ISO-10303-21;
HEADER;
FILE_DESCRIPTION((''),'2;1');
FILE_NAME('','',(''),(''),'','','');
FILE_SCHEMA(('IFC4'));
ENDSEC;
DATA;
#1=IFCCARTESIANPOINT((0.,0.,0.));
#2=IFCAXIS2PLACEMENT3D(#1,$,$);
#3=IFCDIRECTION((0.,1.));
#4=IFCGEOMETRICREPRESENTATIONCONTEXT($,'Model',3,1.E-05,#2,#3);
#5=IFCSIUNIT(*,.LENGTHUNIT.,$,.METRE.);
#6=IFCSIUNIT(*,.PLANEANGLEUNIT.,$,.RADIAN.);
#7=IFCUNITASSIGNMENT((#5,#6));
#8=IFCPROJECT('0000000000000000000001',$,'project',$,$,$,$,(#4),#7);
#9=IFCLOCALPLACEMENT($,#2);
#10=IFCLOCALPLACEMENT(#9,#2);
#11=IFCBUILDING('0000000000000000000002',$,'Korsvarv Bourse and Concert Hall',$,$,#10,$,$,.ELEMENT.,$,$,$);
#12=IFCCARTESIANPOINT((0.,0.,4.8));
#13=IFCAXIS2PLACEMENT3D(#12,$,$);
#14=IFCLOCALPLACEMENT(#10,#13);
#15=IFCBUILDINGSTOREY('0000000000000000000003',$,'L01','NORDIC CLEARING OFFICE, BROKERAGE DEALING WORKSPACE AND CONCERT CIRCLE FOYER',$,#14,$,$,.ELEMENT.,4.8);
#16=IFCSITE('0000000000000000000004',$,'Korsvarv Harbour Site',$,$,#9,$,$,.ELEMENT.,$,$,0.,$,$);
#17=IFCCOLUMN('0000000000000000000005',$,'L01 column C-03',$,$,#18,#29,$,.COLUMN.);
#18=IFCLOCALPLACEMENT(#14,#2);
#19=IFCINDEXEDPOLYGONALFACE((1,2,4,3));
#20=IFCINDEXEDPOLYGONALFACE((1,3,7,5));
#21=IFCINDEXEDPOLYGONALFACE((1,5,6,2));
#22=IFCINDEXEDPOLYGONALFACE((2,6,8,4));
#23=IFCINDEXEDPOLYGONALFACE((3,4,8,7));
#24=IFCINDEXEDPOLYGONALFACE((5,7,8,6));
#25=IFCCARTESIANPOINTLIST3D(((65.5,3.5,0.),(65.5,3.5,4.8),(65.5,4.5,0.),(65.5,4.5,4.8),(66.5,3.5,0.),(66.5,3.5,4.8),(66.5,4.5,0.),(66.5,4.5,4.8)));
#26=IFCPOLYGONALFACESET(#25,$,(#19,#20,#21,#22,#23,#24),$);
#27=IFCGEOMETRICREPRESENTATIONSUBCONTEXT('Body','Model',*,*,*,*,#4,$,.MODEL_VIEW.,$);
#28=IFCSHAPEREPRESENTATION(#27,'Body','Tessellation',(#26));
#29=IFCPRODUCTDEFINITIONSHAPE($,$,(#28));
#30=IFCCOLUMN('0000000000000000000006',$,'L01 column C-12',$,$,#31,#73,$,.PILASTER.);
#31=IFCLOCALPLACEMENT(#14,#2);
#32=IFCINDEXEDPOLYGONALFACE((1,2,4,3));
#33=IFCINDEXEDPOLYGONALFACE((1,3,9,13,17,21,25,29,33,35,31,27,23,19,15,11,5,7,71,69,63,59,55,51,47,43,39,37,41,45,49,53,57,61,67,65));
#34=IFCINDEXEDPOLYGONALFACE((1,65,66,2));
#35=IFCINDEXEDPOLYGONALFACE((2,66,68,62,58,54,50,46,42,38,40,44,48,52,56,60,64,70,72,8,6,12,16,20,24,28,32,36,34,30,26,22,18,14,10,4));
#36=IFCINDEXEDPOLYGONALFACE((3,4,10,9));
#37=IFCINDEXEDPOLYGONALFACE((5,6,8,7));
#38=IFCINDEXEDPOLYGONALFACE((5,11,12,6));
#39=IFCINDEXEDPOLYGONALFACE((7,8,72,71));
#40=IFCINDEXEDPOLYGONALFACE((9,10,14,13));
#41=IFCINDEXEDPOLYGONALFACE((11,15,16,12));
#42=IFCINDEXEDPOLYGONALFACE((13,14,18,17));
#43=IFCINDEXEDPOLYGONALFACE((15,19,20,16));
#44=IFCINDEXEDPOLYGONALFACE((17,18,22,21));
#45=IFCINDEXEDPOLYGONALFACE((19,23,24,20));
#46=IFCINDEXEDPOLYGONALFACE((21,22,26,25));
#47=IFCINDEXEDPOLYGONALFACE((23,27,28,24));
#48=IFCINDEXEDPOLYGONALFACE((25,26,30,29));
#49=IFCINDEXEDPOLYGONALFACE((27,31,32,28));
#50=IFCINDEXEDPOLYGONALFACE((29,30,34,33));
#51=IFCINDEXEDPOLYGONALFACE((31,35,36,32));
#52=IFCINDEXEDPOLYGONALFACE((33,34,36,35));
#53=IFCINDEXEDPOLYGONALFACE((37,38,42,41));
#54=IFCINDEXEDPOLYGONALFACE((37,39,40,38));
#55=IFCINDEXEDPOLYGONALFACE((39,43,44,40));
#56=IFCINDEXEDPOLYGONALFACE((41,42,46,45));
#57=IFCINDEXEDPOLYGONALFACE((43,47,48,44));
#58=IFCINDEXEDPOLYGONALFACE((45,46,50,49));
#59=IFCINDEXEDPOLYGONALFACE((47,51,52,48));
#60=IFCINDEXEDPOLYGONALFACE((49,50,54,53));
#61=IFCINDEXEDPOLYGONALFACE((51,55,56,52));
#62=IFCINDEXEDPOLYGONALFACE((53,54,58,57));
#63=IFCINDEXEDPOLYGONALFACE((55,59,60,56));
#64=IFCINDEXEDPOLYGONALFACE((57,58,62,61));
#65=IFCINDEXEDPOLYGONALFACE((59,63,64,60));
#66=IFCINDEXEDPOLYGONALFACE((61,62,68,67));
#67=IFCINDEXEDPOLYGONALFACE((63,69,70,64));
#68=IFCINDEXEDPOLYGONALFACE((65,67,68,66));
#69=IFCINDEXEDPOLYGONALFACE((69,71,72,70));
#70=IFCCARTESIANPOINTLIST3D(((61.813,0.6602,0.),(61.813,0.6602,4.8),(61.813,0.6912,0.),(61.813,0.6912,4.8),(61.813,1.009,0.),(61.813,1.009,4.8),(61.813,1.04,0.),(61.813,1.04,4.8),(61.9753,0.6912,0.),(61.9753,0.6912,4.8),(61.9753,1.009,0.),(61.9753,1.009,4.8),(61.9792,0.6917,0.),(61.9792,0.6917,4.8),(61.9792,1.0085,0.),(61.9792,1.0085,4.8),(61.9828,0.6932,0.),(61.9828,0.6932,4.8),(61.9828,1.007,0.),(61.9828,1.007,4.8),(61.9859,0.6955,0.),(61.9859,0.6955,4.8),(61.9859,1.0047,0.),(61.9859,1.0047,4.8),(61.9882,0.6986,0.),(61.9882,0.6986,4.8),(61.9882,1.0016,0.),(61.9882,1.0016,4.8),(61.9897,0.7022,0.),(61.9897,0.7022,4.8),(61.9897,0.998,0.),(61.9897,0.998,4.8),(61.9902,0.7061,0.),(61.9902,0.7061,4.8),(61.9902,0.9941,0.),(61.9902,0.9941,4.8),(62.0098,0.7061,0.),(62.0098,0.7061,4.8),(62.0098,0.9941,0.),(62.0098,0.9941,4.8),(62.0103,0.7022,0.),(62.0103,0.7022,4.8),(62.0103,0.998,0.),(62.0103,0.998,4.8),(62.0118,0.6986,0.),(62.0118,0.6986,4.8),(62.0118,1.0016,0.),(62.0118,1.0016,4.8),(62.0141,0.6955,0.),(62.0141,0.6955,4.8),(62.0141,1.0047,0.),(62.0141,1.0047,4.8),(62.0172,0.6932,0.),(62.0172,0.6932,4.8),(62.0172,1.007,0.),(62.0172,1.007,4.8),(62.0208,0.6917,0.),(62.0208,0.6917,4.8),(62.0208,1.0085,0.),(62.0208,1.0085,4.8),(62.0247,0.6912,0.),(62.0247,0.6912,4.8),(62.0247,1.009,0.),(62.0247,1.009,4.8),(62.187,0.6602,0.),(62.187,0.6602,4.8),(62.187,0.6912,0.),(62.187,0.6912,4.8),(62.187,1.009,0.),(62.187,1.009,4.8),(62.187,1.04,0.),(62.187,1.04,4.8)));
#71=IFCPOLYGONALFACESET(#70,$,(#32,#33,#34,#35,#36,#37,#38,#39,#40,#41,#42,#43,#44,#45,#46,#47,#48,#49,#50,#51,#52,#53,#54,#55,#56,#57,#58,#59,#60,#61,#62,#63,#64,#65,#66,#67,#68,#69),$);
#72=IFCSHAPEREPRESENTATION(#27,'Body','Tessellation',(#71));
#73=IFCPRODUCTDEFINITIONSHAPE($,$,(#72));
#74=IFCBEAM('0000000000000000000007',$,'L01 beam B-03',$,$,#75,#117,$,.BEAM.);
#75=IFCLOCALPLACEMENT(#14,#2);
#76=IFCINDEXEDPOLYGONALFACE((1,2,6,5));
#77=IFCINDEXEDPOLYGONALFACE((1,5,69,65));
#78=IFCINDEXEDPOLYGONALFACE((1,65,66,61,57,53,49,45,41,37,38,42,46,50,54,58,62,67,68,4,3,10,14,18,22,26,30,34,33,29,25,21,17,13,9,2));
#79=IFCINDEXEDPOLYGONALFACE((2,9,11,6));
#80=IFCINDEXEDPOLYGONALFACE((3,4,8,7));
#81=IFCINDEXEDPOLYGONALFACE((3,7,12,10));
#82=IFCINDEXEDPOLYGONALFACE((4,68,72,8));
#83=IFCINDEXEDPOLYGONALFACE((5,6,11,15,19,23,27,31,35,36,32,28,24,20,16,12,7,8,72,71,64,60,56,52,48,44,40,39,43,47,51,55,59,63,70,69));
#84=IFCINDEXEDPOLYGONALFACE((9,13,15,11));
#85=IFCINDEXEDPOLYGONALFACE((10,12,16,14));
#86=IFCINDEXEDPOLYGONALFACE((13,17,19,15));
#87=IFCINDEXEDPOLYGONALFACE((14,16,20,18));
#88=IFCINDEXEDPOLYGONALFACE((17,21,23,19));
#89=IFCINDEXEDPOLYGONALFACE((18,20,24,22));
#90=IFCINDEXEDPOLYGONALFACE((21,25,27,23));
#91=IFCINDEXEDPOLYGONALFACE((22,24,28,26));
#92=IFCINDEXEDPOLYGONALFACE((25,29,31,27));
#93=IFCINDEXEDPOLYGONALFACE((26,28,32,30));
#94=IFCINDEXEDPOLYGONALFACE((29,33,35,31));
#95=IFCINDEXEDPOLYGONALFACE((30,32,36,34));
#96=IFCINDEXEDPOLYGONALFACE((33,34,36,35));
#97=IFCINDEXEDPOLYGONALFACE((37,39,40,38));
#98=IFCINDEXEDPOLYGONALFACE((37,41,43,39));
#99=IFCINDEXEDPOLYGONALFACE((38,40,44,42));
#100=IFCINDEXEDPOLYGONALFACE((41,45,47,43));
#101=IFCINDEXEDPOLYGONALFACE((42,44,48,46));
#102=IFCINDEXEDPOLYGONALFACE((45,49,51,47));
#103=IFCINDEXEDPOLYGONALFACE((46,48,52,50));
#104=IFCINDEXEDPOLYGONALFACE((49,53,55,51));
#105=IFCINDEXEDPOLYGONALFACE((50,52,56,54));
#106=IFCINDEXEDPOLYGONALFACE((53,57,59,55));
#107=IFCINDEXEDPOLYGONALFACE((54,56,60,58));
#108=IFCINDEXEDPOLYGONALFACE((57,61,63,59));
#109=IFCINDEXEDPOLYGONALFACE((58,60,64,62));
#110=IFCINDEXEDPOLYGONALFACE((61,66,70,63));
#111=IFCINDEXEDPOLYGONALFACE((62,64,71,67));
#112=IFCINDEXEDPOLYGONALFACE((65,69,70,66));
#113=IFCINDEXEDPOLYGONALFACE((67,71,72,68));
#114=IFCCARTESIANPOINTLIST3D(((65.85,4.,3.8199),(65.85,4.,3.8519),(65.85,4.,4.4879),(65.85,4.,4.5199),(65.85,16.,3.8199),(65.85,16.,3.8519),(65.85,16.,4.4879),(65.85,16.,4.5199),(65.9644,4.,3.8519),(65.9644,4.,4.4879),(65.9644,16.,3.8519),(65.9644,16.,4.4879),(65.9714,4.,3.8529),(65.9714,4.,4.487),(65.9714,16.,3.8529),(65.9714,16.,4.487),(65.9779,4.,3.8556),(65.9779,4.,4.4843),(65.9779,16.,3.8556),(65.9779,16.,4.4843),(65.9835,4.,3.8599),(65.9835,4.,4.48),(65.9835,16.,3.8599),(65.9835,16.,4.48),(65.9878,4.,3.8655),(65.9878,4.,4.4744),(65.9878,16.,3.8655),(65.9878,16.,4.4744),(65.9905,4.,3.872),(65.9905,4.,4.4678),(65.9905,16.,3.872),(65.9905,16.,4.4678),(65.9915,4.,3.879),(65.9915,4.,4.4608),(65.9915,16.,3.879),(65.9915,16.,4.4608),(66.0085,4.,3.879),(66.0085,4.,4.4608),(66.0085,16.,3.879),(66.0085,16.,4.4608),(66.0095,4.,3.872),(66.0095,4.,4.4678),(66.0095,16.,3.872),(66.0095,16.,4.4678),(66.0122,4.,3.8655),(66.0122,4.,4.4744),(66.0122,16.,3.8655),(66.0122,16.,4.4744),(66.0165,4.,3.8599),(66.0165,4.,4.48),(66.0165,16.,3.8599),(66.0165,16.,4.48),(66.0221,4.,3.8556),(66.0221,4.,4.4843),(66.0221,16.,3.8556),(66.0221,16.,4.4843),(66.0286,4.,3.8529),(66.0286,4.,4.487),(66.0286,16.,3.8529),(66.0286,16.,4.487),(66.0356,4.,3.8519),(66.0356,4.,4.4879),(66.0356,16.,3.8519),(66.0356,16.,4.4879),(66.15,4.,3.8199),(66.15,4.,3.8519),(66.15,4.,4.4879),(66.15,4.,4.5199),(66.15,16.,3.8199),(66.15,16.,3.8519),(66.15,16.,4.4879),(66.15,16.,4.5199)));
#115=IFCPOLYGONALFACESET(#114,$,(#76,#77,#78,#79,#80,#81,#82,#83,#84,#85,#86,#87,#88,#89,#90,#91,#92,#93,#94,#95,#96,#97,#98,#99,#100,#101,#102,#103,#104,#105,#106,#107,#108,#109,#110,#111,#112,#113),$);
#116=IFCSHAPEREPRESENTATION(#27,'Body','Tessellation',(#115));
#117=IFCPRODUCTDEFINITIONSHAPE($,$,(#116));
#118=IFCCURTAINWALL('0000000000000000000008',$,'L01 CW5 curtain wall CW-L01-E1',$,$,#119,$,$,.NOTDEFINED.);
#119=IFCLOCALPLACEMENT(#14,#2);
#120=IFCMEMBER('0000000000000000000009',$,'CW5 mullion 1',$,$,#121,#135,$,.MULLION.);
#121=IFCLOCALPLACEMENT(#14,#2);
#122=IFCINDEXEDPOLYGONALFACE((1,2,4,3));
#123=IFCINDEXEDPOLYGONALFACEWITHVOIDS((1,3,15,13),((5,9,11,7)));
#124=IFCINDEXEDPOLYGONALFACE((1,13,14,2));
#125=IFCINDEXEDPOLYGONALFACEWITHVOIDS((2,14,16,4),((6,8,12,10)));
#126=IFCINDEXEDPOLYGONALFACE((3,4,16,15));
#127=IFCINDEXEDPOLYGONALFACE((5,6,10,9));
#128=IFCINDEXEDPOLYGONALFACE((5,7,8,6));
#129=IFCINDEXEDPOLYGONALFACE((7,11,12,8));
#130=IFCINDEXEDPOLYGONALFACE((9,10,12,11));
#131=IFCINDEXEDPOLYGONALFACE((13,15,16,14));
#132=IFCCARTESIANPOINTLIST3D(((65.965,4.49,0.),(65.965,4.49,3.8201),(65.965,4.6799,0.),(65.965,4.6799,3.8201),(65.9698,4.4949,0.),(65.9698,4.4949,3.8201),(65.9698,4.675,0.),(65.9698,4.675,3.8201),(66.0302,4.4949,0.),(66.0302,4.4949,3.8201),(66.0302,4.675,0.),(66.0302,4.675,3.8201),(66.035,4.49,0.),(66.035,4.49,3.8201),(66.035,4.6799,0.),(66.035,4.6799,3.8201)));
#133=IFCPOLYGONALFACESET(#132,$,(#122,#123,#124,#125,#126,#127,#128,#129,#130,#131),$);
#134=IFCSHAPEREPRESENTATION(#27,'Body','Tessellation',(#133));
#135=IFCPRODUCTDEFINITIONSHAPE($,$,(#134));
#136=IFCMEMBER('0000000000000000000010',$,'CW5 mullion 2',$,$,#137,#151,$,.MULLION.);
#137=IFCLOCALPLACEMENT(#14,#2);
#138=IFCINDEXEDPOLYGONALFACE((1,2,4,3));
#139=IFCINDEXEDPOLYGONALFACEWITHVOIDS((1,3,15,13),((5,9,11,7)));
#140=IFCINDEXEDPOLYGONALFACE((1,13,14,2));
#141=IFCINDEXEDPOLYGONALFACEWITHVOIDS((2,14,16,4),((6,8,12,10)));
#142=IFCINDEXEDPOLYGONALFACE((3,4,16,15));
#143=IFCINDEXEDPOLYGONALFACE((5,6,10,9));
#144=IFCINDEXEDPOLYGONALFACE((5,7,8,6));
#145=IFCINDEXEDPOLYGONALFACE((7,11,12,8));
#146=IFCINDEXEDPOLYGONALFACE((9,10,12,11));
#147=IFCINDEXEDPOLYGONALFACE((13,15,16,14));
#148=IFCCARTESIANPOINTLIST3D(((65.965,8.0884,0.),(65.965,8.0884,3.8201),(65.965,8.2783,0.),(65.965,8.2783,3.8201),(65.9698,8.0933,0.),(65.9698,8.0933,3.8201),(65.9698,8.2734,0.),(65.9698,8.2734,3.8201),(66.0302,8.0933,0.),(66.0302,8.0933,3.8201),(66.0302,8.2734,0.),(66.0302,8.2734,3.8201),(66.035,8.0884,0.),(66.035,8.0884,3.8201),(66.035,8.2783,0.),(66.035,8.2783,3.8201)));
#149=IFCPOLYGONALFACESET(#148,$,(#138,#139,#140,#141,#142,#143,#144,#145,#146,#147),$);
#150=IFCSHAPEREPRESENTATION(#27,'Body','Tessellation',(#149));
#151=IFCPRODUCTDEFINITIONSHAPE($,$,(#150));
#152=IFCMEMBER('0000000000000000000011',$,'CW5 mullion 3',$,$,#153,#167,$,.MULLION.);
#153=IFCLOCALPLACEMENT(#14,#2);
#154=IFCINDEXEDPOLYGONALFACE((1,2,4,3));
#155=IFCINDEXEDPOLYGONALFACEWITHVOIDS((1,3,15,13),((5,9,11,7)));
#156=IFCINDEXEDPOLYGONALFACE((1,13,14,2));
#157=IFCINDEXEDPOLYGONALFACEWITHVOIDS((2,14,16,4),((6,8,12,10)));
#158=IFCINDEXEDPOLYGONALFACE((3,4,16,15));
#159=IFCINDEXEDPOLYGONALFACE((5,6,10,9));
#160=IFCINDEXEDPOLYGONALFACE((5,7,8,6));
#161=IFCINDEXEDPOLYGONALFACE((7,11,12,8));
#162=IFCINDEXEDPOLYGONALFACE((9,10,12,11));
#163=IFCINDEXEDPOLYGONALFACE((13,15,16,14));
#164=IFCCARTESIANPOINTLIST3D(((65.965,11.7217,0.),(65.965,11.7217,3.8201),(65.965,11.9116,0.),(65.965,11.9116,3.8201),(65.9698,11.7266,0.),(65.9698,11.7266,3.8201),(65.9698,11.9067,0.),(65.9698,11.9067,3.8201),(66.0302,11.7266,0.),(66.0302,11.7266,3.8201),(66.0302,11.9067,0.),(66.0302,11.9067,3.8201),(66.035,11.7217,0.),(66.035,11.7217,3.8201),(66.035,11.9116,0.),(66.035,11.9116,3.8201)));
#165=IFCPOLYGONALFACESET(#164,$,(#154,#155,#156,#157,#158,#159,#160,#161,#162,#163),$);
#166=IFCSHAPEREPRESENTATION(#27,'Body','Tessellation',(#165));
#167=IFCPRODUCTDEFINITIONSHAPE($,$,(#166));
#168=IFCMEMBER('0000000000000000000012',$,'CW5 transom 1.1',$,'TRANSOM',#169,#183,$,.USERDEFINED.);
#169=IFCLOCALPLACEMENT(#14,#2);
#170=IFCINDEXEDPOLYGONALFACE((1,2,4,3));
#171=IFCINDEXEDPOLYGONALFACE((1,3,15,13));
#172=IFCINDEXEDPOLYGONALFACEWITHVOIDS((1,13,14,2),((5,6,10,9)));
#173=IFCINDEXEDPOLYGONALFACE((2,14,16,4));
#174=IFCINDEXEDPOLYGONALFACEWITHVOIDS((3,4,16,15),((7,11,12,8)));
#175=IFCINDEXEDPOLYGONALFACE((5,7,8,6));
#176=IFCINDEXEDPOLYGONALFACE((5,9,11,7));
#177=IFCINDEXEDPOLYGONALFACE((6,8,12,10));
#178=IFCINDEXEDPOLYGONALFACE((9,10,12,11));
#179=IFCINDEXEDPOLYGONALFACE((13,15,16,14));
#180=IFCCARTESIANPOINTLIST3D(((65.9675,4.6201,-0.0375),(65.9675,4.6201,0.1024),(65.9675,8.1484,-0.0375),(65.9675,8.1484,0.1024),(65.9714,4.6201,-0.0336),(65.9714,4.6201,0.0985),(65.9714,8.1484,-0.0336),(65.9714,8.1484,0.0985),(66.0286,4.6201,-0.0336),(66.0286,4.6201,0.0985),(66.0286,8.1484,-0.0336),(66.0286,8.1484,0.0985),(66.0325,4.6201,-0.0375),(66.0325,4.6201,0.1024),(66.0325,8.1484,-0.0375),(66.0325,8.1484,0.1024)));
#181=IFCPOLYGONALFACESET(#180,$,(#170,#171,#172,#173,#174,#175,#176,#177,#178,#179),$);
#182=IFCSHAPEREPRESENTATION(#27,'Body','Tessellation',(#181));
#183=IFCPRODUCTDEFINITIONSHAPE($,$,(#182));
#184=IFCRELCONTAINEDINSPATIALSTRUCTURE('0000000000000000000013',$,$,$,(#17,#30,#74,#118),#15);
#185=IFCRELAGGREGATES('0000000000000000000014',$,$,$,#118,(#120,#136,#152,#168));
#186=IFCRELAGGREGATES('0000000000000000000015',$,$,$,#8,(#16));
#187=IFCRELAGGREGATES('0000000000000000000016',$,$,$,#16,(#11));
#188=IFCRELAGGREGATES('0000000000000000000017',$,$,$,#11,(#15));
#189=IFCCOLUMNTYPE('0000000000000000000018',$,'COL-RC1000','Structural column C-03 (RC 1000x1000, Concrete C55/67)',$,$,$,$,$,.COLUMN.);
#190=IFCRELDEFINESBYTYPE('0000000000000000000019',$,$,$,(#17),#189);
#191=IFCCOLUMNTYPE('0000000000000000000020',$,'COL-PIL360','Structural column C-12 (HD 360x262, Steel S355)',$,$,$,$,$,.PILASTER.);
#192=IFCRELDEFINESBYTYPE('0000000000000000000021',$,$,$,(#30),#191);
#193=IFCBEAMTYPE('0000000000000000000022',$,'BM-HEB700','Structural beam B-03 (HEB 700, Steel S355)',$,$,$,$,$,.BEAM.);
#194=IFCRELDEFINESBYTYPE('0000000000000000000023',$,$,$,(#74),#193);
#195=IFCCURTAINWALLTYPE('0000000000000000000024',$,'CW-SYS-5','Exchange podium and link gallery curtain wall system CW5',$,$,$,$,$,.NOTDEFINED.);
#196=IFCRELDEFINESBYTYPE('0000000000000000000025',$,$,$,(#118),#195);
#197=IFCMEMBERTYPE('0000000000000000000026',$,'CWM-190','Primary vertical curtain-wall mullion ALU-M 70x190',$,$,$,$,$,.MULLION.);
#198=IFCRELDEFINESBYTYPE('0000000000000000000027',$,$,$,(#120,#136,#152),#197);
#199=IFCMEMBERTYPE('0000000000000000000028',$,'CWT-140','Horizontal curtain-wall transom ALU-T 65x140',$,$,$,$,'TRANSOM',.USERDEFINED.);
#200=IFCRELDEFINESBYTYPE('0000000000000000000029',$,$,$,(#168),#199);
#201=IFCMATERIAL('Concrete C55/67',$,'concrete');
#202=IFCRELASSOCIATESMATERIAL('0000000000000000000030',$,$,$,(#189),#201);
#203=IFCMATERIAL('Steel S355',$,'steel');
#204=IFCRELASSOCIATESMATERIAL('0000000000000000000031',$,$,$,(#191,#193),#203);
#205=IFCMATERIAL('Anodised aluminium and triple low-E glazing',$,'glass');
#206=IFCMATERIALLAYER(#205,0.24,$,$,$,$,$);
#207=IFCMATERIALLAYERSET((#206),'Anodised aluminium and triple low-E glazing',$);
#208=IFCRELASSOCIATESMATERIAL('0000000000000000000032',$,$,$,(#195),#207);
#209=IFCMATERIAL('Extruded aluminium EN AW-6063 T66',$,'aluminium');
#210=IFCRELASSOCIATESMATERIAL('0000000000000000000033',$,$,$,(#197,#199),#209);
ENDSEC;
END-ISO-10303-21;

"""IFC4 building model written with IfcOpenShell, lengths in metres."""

from ifc_helpers import new_model, si_unit, direction, frame, origin, origin_2d, place, context, subcontext, project, spatial, rectangle, hollow_rectangle, i_section, extrude, source, transform, mapped, material, layer, layer_set, material_profile, profile_set, type_object, element, aggregate, save


model = new_model("IFC4")

# Units and contexts
model_context = context("Model", 3, precision=1e-05, world=origin(), true_north=direction((0.0, 1.0)))
body_context = subcontext(model_context, "Body", "Model", "MODEL_VIEW")
ifc_project = project(units=[si_unit("LENGTHUNIT", "METRE"), si_unit("PLANEANGLEUNIT", "RADIAN")], contexts=[model_context])

# Site, building, storey
site_placement = place(None, origin())
site = spatial("IfcSite", under=ifc_project, at=site_placement, Name="Korsvarv Harbour Site", CompositionType="ELEMENT", RefElevation=0.0)
building_placement = place(site_placement, origin())
building = spatial("IfcBuilding", under=site, at=building_placement, Name="Korsvarv Bourse and Concert Hall", CompositionType="ELEMENT")
storey_placement = place(building_placement, frame((0.0, 0.0, 4.8)))
storey = spatial("IfcBuildingStorey", under=building, at=storey_placement, Name="L01", Description="NORDIC CLEARING OFFICE, BROKERAGE DEALING WORKSPACE AND CONCERT CIRCLE FOYER", CompositionType="ELEMENT", Elevation=4.8)

# Columns
ifc_material_1 = material(Name="Concrete C55/67", Category="concrete")
ifc_material_profile_1 = material_profile(ifc_material_1, rectangle(XDim=1.0, YDim=1.0, at=origin_2d()), Name="RC 1000x1000")
ifc_profile_set_1 = profile_set([ifc_material_profile_1], Name="Concrete C55/67")
column_type_1 = type_object("IfcColumnType", Name="COL-RC1000", Description="Structural column C-03 (RC 1000x1000, Concrete C55/67)", PredefinedType="COLUMN", material=ifc_profile_set_1)
shared_shape_1 = source(origin(), body_context, "Body", "SweptSolid", [
    extrude(rectangle(XDim=1.0, YDim=1.0, at=origin_2d()), origin(), (0.0, 0.0, 1.0), 4.8),
])
column_1_placement = place(storey_placement, frame((66.0, 4.0, 0.0), z_axis=(0.0, 0.0, 1.0), x_axis=(1.0, 0.0, 0.0)))
element("IfcColumn", 1, at=column_1_placement, inside=storey, type_object=column_type_1, Name="L01 column C-03", PredefinedType="COLUMN", context=body_context, shape_type="MappedRepresentation", body=[
    mapped(shared_shape_1, transform((0.0, 0.0, 0.0), scale=1.0)),
])
ifc_material_2 = material(Name="Steel S355", Category="steel")
ifc_material_profile_2 = material_profile(ifc_material_2, i_section(OverallWidth=0.374, OverallDepth=0.3799, WebThickness=0.0195, FlangeThickness=0.031, FilletRadius=0.0149, at=origin_2d()), Name="HD 360x262")
ifc_profile_set_2 = profile_set([ifc_material_profile_2], Name="Steel S355")
column_type_2 = type_object("IfcColumnType", Name="COL-PIL360", Description="Structural column C-12 (HD 360x262, Steel S355)", PredefinedType="PILASTER", material=ifc_profile_set_2)
shared_shape_2 = source(origin(), body_context, "Body", "SweptSolid", [
    extrude(i_section(OverallWidth=0.374, OverallDepth=0.3799, WebThickness=0.0195, FlangeThickness=0.031, FilletRadius=0.0149, at=origin_2d()), origin(), (0.0, 0.0, 1.0), 4.8),
])
column_2_placement = place(storey_placement, frame((62.0, 0.8501, 0.0), z_axis=(0.0, 0.0, 1.0), x_axis=(1.0, 0.0, 0.0)))
element("IfcColumn", 2, at=column_2_placement, inside=storey, type_object=column_type_2, Name="L01 column C-12", PredefinedType="PILASTER", context=body_context, shape_type="MappedRepresentation", body=[
    mapped(shared_shape_2, transform((0.0, 0.0, 0.0), scale=1.0)),
])

# Beam
ifc_material_profile_3 = material_profile(ifc_material_2, i_section(OverallWidth=0.3, OverallDepth=0.7, WebThickness=0.0171, FlangeThickness=0.032, FilletRadius=0.0271, at=origin_2d()), Name="HEB 700")
ifc_profile_set_3 = profile_set([ifc_material_profile_3], Name="Steel S355")
beam_type = type_object("IfcBeamType", Name="BM-HEB700", Description="Structural beam B-03 (HEB 700, Steel S355)", PredefinedType="BEAM", material=ifc_profile_set_3)
shared_shape_3 = source(origin(), body_context, "Body", "SweptSolid", [
    extrude(i_section(OverallWidth=0.3, OverallDepth=0.7, WebThickness=0.0171, FlangeThickness=0.032, FilletRadius=0.0271, at=origin_2d()), origin(), (0.0, 0.0, 1.0), 12.0),
])
beam_placement = place(storey_placement, frame((66.0, 4.0, 4.1699), z_axis=(0.0, 1.0, 0.0), x_axis=(-1.0, 0.0, 0.0)))
element("IfcBeam", 3, at=beam_placement, inside=storey, type_object=beam_type, Name="L01 beam B-03", PredefinedType="BEAM", context=body_context, shape_type="MappedRepresentation", body=[
    mapped(shared_shape_3, transform((0.0, 0.0, 0.0), scale=1.0)),
])

# Curtain wall, members
ifc_material_3 = material(Name="Anodised aluminium and triple low-E glazing", Category="glass")
ifc_layer_1 = layer(ifc_material_3, 0.24)
ifc_layer_set_1 = layer_set([ifc_layer_1], Name="Anodised aluminium and triple low-E glazing")
curtain_wall_type = type_object("IfcCurtainWallType", Name="CW-SYS-5", Description="Exchange podium and link gallery curtain wall system CW5", PredefinedType="NOTDEFINED", material=ifc_layer_set_1)
curtain_wall_placement = place(storey_placement, origin())
curtain_wall = element("IfcCurtainWall", 4, at=curtain_wall_placement, inside=storey, type_object=curtain_wall_type, Name="L01 CW5 curtain wall CW-L01-E1", PredefinedType="NOTDEFINED")
ifc_material_4 = material(Name="Extruded aluminium EN AW-6063 T66", Category="aluminium")
ifc_material_profile_4 = material_profile(ifc_material_4, hollow_rectangle(XDim=0.0701, YDim=0.1899, WallThickness=0.0049, at=origin_2d()), Name="ALU-M 70x190")
ifc_profile_set_4 = profile_set([ifc_material_profile_4], Name="Extruded aluminium EN AW-6063 T66")
member_type_1 = type_object("IfcMemberType", Name="CWM-190", Description="Primary vertical curtain-wall mullion ALU-M 70x190", PredefinedType="MULLION", material=ifc_profile_set_4)
shared_shape_4 = source(origin(), body_context, "Body", "SweptSolid", [
    extrude(hollow_rectangle(XDim=0.0701, YDim=0.1899, WallThickness=0.0049, at=origin_2d()), origin(), (0.0, 0.0, 1.0), 3.8201),
])
member_1_placement = place(storey_placement, frame((66.0, 4.585, 0.0), z_axis=(0.0, 0.0, 1.0), x_axis=(-1.0, 0.0, 0.0)))
member_1 = element("IfcMember", 5, at=member_1_placement, type_object=member_type_1, Name="CW5 mullion 1", PredefinedType="MULLION", context=body_context, shape_type="MappedRepresentation", body=[
    mapped(shared_shape_4, transform((0.0, 0.0, 0.0), scale=1.0)),
])
member_2_placement = place(storey_placement, frame((66.0, 8.1833, 0.0), z_axis=(0.0, 0.0, 1.0), x_axis=(-1.0, 0.0, 0.0)))
member_2 = element("IfcMember", 6, at=member_2_placement, type_object=member_type_1, Name="CW5 mullion 2", PredefinedType="MULLION", context=body_context, shape_type="MappedRepresentation", body=[
    mapped(shared_shape_4, transform((0.0, 0.0, 0.0), scale=1.0)),
])
member_3_placement = place(storey_placement, frame((66.0, 11.8167, 0.0), z_axis=(0.0, 0.0, 1.0), x_axis=(-1.0, 0.0, 0.0)))
member_3 = element("IfcMember", 7, at=member_3_placement, type_object=member_type_1, Name="CW5 mullion 3", PredefinedType="MULLION", context=body_context, shape_type="MappedRepresentation", body=[
    mapped(shared_shape_4, transform((0.0, 0.0, 0.0), scale=1.0)),
])
ifc_material_profile_5 = material_profile(ifc_material_4, hollow_rectangle(XDim=0.0649, YDim=0.1399, WallThickness=0.0039, at=origin_2d()), Name="ALU-T 65x140")
ifc_profile_set_5 = profile_set([ifc_material_profile_5], Name="Extruded aluminium EN AW-6063 T66")
member_type_2 = type_object("IfcMemberType", Name="CWT-140", Description="Horizontal curtain-wall transom ALU-T 65x140", ElementType="TRANSOM", PredefinedType="USERDEFINED", material=ifc_profile_set_5)
shared_shape_5 = source(origin(), body_context, "Body", "SweptSolid", [
    extrude(hollow_rectangle(XDim=0.0649, YDim=0.1399, WallThickness=0.0039, at=origin_2d()), origin(), (0.0, 0.0, 1.0), 3.5283),
])
member_4_placement = place(storey_placement, frame((66.0, 4.6201, 0.0325), z_axis=(0.0, 1.0, 0.0), x_axis=(-1.0, 0.0, 0.0)))
member_4 = element("IfcMember", 8, at=member_4_placement, type_object=member_type_2, Name="CW5 transom 1.1", ObjectType="TRANSOM", PredefinedType="USERDEFINED", context=body_context, shape_type="MappedRepresentation", body=[
    mapped(shared_shape_5, transform((0.0, 0.0, 0.0), scale=1.0)),
])
aggregate(curtain_wall, [member_1, member_2, member_3, member_4])

save(model, "model.ifc")
